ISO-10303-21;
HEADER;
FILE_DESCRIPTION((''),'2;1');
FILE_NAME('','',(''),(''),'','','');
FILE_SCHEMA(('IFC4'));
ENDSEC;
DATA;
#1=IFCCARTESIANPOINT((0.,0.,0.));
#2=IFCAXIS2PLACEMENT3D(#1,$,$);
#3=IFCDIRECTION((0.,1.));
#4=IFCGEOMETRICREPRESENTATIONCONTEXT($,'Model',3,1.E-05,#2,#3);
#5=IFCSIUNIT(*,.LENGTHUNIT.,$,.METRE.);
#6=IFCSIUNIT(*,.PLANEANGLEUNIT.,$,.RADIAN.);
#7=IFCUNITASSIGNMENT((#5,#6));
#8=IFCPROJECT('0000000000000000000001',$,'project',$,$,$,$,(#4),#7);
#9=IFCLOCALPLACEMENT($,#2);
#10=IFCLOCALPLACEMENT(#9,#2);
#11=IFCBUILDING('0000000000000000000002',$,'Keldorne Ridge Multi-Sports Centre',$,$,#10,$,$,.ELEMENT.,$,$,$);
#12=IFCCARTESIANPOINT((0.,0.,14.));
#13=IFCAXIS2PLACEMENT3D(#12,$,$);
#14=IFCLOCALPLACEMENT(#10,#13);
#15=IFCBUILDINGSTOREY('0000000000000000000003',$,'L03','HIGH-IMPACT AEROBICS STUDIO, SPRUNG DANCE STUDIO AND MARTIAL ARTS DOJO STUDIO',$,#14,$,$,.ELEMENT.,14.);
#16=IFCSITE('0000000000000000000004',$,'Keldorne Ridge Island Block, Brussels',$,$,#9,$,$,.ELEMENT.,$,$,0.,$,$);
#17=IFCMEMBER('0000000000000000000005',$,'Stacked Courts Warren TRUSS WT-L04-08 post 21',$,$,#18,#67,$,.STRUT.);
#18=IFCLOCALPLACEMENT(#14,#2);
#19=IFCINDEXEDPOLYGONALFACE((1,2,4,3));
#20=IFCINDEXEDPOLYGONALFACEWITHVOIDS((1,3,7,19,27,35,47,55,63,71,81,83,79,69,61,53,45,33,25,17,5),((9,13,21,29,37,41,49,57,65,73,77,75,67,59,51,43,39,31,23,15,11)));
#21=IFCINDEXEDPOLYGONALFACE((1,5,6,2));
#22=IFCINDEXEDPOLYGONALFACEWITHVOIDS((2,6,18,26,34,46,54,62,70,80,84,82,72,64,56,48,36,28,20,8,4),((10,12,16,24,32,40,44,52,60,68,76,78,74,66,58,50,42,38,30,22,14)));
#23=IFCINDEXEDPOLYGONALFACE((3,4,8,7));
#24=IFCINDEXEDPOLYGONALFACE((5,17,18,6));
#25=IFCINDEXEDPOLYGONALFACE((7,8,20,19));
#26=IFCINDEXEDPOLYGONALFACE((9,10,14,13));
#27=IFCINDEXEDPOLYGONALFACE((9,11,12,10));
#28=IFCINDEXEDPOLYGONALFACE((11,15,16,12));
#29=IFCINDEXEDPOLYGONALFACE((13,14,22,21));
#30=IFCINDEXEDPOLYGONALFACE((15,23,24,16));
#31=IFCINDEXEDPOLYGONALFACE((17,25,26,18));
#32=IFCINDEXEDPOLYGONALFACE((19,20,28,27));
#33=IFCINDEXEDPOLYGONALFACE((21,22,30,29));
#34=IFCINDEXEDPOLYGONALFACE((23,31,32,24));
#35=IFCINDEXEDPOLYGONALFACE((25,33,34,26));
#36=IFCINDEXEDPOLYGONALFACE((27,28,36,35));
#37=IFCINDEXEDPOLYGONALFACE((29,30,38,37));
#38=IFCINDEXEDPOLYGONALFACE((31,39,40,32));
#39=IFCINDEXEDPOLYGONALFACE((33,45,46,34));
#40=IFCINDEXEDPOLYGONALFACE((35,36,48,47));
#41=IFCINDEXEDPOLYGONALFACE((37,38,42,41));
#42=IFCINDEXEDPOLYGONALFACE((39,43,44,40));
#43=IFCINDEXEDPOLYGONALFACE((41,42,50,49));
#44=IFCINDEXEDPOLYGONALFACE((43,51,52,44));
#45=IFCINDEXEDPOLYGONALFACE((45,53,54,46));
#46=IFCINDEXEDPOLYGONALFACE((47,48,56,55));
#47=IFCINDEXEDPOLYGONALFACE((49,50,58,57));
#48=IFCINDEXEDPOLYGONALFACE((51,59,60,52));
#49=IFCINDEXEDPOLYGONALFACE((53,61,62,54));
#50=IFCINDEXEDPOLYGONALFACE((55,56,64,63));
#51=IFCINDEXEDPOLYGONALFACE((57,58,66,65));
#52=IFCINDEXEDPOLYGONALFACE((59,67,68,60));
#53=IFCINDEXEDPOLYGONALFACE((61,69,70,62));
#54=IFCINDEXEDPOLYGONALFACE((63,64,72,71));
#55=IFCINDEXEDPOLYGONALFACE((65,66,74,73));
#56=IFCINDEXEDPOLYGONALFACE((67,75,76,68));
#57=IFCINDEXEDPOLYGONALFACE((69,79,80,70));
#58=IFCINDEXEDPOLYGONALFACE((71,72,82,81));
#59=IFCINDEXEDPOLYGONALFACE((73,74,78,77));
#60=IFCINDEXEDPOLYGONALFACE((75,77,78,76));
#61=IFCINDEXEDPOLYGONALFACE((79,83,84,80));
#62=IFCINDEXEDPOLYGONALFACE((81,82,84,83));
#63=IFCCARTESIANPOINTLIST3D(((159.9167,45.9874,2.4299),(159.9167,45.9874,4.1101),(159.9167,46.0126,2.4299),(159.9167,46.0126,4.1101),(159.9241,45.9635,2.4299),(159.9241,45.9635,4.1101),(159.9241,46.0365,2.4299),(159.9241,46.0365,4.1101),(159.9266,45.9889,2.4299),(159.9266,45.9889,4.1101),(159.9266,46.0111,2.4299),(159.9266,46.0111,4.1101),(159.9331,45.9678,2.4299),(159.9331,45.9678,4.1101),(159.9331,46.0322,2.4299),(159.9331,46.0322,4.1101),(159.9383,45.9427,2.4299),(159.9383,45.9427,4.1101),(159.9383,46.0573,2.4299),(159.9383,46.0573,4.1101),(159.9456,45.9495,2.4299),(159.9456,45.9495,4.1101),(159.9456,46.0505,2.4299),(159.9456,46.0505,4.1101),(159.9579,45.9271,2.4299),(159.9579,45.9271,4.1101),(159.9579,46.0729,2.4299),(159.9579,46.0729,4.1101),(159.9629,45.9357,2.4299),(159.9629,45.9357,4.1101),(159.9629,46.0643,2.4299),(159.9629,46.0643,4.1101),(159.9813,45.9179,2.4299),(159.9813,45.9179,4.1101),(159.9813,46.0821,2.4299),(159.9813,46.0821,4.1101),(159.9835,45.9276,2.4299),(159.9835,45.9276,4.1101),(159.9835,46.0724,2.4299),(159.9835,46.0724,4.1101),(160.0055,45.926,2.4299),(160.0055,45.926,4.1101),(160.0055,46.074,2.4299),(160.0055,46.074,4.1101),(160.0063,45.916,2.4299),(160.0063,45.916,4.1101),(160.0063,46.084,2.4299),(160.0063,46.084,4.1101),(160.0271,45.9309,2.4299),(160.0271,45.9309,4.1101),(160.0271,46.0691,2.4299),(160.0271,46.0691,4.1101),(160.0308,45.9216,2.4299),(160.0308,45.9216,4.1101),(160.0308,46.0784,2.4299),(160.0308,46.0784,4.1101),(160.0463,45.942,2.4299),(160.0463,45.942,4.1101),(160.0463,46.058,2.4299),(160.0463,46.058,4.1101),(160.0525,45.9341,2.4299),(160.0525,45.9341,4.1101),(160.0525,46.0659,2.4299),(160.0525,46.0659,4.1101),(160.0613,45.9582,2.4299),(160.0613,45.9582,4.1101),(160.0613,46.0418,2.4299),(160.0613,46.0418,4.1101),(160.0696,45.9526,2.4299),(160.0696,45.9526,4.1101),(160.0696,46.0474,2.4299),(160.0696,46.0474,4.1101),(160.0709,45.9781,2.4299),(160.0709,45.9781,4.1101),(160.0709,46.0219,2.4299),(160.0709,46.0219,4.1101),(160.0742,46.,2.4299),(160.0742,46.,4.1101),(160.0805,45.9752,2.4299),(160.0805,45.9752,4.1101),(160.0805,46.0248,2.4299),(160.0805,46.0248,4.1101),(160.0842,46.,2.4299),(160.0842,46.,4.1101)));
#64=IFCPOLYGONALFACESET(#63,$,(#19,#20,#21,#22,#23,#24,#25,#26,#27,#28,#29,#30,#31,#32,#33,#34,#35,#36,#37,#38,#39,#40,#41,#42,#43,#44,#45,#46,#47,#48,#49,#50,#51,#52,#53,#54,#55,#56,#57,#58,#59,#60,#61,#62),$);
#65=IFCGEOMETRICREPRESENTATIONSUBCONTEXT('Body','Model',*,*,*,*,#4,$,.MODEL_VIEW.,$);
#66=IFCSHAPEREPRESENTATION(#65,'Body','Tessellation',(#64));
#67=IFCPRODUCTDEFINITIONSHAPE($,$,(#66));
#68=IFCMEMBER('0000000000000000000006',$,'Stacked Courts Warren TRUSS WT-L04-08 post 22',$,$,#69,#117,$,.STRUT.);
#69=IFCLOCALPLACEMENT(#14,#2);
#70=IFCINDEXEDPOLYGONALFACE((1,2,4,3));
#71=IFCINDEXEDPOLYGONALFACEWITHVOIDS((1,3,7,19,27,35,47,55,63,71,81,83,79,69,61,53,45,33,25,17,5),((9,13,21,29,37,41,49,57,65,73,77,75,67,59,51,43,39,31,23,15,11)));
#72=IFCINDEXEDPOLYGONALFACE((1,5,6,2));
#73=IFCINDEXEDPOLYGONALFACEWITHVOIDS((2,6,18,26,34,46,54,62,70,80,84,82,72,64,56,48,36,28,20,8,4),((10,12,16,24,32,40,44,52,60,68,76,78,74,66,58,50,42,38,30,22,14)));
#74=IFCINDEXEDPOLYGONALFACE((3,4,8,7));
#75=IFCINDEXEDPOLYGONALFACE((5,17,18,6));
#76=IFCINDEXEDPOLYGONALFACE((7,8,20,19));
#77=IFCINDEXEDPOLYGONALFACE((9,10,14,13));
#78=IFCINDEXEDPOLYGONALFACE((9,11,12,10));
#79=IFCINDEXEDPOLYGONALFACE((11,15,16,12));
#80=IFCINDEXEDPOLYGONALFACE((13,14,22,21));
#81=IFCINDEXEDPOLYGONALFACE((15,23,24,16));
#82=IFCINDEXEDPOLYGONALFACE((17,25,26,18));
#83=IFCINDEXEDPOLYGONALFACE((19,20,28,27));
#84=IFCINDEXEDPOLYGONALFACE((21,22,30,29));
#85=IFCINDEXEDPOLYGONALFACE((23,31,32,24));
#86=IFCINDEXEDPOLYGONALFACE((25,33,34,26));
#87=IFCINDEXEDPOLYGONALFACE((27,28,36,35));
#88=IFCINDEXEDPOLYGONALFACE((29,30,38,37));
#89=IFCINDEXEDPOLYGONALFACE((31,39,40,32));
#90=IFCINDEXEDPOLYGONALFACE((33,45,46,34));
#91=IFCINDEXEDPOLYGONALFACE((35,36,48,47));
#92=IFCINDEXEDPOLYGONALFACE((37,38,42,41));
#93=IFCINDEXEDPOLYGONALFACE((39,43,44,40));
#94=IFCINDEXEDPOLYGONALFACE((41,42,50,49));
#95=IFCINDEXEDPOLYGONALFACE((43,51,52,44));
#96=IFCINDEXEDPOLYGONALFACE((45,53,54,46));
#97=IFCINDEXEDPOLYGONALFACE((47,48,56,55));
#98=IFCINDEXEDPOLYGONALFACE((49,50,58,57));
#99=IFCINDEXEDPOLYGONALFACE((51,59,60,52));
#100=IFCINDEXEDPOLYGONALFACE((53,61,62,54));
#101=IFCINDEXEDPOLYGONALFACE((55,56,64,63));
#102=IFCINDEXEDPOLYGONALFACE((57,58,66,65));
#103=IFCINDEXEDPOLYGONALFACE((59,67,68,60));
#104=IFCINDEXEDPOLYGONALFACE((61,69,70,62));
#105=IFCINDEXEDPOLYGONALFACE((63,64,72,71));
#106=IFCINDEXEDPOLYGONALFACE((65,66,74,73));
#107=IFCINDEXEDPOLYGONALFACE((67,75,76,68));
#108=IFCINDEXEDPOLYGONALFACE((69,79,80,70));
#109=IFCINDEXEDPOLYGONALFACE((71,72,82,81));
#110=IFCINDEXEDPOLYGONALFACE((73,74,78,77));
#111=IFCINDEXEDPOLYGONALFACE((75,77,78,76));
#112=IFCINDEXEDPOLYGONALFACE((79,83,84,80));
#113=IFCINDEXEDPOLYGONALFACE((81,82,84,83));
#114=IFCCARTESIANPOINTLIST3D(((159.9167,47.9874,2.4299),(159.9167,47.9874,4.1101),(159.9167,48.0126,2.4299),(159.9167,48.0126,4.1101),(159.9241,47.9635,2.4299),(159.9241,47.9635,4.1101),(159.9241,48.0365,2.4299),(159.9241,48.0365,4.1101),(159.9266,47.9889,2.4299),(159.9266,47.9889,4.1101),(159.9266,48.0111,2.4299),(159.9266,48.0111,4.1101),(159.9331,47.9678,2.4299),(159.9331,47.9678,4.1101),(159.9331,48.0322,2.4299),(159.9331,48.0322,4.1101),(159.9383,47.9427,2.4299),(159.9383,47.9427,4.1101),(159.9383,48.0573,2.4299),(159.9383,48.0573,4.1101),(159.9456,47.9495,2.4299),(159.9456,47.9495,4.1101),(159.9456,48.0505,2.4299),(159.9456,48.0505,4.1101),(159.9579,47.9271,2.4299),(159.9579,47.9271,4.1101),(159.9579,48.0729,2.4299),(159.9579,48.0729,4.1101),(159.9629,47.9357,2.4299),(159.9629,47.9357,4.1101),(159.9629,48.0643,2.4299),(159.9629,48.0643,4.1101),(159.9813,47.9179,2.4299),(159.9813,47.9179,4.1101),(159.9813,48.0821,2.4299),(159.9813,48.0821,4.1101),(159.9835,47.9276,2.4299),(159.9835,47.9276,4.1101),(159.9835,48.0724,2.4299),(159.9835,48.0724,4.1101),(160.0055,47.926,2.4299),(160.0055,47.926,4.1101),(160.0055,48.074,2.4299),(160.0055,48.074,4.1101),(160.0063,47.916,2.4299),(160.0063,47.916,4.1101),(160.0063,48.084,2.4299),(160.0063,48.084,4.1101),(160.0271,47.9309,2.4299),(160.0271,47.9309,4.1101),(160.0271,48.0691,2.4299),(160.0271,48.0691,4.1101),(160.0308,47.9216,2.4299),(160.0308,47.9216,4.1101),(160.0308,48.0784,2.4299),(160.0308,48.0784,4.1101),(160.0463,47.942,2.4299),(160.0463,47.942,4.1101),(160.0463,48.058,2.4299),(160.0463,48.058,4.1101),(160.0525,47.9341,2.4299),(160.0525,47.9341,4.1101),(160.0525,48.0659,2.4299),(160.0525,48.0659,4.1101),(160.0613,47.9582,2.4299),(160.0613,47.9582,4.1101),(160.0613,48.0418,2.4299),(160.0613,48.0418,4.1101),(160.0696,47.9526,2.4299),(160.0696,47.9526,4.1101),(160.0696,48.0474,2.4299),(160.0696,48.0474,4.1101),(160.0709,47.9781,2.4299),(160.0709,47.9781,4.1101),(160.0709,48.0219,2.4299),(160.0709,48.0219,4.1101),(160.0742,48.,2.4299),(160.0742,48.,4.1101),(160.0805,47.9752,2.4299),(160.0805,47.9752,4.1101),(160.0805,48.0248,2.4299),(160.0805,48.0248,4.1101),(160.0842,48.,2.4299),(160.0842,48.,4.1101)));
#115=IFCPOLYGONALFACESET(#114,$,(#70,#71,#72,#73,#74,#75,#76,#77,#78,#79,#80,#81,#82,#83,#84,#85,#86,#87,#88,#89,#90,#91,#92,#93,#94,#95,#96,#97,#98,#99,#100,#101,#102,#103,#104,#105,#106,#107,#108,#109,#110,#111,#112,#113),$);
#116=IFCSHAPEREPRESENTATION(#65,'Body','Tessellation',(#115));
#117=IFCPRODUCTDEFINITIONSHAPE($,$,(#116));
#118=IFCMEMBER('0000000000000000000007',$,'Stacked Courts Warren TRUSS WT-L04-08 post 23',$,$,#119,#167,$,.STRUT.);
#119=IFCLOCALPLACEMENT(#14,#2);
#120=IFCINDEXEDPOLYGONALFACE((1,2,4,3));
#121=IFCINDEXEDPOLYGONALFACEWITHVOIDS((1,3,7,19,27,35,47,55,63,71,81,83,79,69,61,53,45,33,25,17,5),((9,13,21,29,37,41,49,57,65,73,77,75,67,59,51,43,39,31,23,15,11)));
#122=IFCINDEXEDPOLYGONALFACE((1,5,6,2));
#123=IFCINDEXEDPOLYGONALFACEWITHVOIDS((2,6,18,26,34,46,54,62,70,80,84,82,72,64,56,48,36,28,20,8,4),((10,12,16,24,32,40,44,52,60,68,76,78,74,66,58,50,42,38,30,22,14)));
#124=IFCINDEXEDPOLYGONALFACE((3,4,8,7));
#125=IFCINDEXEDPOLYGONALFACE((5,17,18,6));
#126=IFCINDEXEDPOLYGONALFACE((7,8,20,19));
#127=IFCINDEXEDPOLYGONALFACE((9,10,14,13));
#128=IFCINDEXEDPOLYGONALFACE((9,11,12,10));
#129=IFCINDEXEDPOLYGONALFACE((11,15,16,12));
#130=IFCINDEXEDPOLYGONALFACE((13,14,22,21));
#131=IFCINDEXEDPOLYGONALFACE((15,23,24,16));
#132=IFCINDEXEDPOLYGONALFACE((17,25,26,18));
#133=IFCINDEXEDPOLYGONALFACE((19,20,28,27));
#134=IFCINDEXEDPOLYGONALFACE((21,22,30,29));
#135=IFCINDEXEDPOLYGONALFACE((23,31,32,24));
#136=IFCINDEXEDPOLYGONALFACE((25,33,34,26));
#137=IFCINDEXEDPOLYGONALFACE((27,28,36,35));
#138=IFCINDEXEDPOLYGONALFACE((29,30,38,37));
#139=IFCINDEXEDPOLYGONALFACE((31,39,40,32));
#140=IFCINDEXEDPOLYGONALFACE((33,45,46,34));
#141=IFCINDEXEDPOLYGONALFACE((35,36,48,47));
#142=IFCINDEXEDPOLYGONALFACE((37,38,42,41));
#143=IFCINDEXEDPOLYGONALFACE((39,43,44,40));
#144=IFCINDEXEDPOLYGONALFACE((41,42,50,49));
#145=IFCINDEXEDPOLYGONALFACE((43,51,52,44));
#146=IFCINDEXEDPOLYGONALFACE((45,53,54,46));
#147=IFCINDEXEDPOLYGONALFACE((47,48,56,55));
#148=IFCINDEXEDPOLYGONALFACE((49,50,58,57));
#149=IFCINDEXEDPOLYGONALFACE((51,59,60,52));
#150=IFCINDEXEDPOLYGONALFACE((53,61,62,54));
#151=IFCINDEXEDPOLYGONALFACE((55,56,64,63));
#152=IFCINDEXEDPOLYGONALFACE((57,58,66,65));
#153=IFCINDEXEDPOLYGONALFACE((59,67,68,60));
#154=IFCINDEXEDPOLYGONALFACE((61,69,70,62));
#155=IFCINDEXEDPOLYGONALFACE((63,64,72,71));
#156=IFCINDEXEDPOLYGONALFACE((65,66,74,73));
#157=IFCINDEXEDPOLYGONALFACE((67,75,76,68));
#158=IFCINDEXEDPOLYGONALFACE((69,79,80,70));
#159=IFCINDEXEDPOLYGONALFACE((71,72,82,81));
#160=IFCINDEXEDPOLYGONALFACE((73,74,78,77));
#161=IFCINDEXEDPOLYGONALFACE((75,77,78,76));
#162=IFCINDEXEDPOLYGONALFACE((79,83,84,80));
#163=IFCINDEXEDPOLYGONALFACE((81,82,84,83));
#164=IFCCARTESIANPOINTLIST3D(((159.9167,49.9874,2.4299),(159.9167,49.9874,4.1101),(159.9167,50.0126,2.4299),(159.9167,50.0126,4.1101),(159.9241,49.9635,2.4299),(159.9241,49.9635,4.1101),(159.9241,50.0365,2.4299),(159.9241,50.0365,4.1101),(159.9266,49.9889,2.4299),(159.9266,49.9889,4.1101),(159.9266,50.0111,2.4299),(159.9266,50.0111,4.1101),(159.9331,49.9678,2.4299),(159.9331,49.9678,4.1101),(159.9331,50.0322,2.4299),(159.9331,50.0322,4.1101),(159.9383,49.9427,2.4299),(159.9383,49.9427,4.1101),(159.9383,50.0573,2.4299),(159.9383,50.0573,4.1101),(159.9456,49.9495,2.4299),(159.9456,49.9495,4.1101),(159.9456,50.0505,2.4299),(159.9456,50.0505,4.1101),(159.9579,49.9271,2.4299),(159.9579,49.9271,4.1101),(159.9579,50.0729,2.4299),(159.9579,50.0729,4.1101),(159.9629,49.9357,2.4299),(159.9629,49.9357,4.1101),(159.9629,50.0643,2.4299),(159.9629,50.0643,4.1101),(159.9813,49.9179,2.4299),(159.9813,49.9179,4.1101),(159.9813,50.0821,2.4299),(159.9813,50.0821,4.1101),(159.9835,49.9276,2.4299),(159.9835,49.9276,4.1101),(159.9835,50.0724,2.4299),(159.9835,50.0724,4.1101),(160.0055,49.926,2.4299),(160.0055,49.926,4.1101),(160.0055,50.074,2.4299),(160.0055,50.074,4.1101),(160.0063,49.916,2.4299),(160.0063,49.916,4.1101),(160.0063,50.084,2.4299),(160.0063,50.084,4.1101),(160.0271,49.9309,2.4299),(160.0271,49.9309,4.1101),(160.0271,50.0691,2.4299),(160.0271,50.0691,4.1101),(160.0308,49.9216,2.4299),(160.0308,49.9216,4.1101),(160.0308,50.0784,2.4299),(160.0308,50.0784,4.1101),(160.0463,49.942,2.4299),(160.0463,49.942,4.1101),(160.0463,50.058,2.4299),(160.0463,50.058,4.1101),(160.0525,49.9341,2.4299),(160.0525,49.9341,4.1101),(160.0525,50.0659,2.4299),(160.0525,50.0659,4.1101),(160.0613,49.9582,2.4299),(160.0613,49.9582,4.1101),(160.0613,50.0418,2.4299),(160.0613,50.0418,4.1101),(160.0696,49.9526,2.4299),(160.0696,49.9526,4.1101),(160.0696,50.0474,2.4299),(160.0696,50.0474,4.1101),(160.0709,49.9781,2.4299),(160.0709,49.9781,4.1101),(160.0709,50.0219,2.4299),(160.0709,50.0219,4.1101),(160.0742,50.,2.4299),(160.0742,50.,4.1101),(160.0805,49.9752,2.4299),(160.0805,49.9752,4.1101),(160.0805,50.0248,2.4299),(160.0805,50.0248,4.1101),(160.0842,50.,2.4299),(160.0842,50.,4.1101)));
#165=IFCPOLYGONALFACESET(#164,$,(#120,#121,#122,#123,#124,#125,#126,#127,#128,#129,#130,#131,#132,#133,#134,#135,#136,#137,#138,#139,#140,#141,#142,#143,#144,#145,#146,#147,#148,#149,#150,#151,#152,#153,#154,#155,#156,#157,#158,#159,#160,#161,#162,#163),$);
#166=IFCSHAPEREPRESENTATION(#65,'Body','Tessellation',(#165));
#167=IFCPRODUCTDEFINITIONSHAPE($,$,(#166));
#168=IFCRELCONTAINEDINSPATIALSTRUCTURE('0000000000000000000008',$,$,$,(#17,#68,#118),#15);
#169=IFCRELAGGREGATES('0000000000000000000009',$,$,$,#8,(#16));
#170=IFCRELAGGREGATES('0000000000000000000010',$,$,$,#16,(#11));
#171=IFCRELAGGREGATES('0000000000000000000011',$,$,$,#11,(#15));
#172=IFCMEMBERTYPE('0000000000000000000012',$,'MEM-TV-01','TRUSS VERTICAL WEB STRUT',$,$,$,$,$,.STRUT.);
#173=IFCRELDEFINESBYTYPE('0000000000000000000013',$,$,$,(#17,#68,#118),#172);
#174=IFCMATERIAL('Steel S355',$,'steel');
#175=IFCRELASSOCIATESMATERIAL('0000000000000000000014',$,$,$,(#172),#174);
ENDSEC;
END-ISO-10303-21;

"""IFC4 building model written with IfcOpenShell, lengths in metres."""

from ifc_helpers import new_model, si_unit, direction, frame, origin, origin_2d, place, context, subcontext, project, spatial, hollow_circle, extrude, material, material_profile, profile_set, type_object, element, save


model = new_model("IFC4")

# Units and contexts
model_context = context("Model", 3, precision=1e-05, world=origin(), true_north=direction((0.0, 1.0)))
body_context = subcontext(model_context, "Body", "Model", "MODEL_VIEW")
ifc_project = project(units=[si_unit("LENGTHUNIT", "METRE"), si_unit("PLANEANGLEUNIT", "RADIAN")], contexts=[model_context])

# Site, building, storey
site_placement = place(None, origin())
site = spatial("IfcSite", under=ifc_project, at=site_placement, Name="Keldorne Ridge Island Block, Brussels", CompositionType="ELEMENT", RefElevation=0.0)
building_placement = place(site_placement, origin())
building = spatial("IfcBuilding", under=site, at=building_placement, Name="Keldorne Ridge Multi-Sports Centre", CompositionType="ELEMENT")
storey_placement = place(building_placement, frame((0.0, 0.0, 14.0)))
storey = spatial("IfcBuildingStorey", under=building, at=storey_placement, Name="L03", Description="HIGH-IMPACT AEROBICS STUDIO, SPRUNG DANCE STUDIO AND MARTIAL ARTS DOJO STUDIO", CompositionType="ELEMENT", Elevation=14.0)

# Shared definitions
ifc_material_1 = material(Name="Steel S355", Category="steel")

# Members
ifc_material_profile_1 = material_profile(ifc_material_1, hollow_circle(Radius=0.0842, WallThickness=0.01, at=origin_2d()), Name="CHS 168.3x10")
ifc_profile_set_1 = profile_set([ifc_material_profile_1], Name="Steel S355")
member_type_1 = type_object("IfcMemberType", Name="MEM-TV-01", Description="TRUSS VERTICAL WEB STRUT", PredefinedType="STRUT", material=ifc_profile_set_1)
for number, where, z_axis, x_axis, name in (
    (1, (160.0, 46.0, 2.4299), (0.0, 0.0, 1.0), (1.0, 0.0, 0.0), "Stacked Courts Warren TRUSS WT-L04-08 post 21"),
    (2, (160.0, 48.0, 2.4299), (0.0, 0.0, 1.0), (1.0, 0.0, 0.0), "Stacked Courts Warren TRUSS WT-L04-08 post 22"),
    (3, (160.0, 50.0, 2.4299), (0.0, 0.0, 1.0), (1.0, 0.0, 0.0), "Stacked Courts Warren TRUSS WT-L04-08 post 23"),
):
    element("IfcMember", number, at=place(storey_placement, frame(where, z_axis=z_axis, x_axis=x_axis)), inside=storey, type_object=member_type_1, Name=name, PredefinedType="STRUT", context=body_context, shape_type="SweptSolid", body=[
        extrude(hollow_circle(Radius=0.0842, WallThickness=0.01, at=origin_2d()), origin(), (0.0, 0.0, 1.0), 1.6802),
    ])

save(model, "model.ifc")
